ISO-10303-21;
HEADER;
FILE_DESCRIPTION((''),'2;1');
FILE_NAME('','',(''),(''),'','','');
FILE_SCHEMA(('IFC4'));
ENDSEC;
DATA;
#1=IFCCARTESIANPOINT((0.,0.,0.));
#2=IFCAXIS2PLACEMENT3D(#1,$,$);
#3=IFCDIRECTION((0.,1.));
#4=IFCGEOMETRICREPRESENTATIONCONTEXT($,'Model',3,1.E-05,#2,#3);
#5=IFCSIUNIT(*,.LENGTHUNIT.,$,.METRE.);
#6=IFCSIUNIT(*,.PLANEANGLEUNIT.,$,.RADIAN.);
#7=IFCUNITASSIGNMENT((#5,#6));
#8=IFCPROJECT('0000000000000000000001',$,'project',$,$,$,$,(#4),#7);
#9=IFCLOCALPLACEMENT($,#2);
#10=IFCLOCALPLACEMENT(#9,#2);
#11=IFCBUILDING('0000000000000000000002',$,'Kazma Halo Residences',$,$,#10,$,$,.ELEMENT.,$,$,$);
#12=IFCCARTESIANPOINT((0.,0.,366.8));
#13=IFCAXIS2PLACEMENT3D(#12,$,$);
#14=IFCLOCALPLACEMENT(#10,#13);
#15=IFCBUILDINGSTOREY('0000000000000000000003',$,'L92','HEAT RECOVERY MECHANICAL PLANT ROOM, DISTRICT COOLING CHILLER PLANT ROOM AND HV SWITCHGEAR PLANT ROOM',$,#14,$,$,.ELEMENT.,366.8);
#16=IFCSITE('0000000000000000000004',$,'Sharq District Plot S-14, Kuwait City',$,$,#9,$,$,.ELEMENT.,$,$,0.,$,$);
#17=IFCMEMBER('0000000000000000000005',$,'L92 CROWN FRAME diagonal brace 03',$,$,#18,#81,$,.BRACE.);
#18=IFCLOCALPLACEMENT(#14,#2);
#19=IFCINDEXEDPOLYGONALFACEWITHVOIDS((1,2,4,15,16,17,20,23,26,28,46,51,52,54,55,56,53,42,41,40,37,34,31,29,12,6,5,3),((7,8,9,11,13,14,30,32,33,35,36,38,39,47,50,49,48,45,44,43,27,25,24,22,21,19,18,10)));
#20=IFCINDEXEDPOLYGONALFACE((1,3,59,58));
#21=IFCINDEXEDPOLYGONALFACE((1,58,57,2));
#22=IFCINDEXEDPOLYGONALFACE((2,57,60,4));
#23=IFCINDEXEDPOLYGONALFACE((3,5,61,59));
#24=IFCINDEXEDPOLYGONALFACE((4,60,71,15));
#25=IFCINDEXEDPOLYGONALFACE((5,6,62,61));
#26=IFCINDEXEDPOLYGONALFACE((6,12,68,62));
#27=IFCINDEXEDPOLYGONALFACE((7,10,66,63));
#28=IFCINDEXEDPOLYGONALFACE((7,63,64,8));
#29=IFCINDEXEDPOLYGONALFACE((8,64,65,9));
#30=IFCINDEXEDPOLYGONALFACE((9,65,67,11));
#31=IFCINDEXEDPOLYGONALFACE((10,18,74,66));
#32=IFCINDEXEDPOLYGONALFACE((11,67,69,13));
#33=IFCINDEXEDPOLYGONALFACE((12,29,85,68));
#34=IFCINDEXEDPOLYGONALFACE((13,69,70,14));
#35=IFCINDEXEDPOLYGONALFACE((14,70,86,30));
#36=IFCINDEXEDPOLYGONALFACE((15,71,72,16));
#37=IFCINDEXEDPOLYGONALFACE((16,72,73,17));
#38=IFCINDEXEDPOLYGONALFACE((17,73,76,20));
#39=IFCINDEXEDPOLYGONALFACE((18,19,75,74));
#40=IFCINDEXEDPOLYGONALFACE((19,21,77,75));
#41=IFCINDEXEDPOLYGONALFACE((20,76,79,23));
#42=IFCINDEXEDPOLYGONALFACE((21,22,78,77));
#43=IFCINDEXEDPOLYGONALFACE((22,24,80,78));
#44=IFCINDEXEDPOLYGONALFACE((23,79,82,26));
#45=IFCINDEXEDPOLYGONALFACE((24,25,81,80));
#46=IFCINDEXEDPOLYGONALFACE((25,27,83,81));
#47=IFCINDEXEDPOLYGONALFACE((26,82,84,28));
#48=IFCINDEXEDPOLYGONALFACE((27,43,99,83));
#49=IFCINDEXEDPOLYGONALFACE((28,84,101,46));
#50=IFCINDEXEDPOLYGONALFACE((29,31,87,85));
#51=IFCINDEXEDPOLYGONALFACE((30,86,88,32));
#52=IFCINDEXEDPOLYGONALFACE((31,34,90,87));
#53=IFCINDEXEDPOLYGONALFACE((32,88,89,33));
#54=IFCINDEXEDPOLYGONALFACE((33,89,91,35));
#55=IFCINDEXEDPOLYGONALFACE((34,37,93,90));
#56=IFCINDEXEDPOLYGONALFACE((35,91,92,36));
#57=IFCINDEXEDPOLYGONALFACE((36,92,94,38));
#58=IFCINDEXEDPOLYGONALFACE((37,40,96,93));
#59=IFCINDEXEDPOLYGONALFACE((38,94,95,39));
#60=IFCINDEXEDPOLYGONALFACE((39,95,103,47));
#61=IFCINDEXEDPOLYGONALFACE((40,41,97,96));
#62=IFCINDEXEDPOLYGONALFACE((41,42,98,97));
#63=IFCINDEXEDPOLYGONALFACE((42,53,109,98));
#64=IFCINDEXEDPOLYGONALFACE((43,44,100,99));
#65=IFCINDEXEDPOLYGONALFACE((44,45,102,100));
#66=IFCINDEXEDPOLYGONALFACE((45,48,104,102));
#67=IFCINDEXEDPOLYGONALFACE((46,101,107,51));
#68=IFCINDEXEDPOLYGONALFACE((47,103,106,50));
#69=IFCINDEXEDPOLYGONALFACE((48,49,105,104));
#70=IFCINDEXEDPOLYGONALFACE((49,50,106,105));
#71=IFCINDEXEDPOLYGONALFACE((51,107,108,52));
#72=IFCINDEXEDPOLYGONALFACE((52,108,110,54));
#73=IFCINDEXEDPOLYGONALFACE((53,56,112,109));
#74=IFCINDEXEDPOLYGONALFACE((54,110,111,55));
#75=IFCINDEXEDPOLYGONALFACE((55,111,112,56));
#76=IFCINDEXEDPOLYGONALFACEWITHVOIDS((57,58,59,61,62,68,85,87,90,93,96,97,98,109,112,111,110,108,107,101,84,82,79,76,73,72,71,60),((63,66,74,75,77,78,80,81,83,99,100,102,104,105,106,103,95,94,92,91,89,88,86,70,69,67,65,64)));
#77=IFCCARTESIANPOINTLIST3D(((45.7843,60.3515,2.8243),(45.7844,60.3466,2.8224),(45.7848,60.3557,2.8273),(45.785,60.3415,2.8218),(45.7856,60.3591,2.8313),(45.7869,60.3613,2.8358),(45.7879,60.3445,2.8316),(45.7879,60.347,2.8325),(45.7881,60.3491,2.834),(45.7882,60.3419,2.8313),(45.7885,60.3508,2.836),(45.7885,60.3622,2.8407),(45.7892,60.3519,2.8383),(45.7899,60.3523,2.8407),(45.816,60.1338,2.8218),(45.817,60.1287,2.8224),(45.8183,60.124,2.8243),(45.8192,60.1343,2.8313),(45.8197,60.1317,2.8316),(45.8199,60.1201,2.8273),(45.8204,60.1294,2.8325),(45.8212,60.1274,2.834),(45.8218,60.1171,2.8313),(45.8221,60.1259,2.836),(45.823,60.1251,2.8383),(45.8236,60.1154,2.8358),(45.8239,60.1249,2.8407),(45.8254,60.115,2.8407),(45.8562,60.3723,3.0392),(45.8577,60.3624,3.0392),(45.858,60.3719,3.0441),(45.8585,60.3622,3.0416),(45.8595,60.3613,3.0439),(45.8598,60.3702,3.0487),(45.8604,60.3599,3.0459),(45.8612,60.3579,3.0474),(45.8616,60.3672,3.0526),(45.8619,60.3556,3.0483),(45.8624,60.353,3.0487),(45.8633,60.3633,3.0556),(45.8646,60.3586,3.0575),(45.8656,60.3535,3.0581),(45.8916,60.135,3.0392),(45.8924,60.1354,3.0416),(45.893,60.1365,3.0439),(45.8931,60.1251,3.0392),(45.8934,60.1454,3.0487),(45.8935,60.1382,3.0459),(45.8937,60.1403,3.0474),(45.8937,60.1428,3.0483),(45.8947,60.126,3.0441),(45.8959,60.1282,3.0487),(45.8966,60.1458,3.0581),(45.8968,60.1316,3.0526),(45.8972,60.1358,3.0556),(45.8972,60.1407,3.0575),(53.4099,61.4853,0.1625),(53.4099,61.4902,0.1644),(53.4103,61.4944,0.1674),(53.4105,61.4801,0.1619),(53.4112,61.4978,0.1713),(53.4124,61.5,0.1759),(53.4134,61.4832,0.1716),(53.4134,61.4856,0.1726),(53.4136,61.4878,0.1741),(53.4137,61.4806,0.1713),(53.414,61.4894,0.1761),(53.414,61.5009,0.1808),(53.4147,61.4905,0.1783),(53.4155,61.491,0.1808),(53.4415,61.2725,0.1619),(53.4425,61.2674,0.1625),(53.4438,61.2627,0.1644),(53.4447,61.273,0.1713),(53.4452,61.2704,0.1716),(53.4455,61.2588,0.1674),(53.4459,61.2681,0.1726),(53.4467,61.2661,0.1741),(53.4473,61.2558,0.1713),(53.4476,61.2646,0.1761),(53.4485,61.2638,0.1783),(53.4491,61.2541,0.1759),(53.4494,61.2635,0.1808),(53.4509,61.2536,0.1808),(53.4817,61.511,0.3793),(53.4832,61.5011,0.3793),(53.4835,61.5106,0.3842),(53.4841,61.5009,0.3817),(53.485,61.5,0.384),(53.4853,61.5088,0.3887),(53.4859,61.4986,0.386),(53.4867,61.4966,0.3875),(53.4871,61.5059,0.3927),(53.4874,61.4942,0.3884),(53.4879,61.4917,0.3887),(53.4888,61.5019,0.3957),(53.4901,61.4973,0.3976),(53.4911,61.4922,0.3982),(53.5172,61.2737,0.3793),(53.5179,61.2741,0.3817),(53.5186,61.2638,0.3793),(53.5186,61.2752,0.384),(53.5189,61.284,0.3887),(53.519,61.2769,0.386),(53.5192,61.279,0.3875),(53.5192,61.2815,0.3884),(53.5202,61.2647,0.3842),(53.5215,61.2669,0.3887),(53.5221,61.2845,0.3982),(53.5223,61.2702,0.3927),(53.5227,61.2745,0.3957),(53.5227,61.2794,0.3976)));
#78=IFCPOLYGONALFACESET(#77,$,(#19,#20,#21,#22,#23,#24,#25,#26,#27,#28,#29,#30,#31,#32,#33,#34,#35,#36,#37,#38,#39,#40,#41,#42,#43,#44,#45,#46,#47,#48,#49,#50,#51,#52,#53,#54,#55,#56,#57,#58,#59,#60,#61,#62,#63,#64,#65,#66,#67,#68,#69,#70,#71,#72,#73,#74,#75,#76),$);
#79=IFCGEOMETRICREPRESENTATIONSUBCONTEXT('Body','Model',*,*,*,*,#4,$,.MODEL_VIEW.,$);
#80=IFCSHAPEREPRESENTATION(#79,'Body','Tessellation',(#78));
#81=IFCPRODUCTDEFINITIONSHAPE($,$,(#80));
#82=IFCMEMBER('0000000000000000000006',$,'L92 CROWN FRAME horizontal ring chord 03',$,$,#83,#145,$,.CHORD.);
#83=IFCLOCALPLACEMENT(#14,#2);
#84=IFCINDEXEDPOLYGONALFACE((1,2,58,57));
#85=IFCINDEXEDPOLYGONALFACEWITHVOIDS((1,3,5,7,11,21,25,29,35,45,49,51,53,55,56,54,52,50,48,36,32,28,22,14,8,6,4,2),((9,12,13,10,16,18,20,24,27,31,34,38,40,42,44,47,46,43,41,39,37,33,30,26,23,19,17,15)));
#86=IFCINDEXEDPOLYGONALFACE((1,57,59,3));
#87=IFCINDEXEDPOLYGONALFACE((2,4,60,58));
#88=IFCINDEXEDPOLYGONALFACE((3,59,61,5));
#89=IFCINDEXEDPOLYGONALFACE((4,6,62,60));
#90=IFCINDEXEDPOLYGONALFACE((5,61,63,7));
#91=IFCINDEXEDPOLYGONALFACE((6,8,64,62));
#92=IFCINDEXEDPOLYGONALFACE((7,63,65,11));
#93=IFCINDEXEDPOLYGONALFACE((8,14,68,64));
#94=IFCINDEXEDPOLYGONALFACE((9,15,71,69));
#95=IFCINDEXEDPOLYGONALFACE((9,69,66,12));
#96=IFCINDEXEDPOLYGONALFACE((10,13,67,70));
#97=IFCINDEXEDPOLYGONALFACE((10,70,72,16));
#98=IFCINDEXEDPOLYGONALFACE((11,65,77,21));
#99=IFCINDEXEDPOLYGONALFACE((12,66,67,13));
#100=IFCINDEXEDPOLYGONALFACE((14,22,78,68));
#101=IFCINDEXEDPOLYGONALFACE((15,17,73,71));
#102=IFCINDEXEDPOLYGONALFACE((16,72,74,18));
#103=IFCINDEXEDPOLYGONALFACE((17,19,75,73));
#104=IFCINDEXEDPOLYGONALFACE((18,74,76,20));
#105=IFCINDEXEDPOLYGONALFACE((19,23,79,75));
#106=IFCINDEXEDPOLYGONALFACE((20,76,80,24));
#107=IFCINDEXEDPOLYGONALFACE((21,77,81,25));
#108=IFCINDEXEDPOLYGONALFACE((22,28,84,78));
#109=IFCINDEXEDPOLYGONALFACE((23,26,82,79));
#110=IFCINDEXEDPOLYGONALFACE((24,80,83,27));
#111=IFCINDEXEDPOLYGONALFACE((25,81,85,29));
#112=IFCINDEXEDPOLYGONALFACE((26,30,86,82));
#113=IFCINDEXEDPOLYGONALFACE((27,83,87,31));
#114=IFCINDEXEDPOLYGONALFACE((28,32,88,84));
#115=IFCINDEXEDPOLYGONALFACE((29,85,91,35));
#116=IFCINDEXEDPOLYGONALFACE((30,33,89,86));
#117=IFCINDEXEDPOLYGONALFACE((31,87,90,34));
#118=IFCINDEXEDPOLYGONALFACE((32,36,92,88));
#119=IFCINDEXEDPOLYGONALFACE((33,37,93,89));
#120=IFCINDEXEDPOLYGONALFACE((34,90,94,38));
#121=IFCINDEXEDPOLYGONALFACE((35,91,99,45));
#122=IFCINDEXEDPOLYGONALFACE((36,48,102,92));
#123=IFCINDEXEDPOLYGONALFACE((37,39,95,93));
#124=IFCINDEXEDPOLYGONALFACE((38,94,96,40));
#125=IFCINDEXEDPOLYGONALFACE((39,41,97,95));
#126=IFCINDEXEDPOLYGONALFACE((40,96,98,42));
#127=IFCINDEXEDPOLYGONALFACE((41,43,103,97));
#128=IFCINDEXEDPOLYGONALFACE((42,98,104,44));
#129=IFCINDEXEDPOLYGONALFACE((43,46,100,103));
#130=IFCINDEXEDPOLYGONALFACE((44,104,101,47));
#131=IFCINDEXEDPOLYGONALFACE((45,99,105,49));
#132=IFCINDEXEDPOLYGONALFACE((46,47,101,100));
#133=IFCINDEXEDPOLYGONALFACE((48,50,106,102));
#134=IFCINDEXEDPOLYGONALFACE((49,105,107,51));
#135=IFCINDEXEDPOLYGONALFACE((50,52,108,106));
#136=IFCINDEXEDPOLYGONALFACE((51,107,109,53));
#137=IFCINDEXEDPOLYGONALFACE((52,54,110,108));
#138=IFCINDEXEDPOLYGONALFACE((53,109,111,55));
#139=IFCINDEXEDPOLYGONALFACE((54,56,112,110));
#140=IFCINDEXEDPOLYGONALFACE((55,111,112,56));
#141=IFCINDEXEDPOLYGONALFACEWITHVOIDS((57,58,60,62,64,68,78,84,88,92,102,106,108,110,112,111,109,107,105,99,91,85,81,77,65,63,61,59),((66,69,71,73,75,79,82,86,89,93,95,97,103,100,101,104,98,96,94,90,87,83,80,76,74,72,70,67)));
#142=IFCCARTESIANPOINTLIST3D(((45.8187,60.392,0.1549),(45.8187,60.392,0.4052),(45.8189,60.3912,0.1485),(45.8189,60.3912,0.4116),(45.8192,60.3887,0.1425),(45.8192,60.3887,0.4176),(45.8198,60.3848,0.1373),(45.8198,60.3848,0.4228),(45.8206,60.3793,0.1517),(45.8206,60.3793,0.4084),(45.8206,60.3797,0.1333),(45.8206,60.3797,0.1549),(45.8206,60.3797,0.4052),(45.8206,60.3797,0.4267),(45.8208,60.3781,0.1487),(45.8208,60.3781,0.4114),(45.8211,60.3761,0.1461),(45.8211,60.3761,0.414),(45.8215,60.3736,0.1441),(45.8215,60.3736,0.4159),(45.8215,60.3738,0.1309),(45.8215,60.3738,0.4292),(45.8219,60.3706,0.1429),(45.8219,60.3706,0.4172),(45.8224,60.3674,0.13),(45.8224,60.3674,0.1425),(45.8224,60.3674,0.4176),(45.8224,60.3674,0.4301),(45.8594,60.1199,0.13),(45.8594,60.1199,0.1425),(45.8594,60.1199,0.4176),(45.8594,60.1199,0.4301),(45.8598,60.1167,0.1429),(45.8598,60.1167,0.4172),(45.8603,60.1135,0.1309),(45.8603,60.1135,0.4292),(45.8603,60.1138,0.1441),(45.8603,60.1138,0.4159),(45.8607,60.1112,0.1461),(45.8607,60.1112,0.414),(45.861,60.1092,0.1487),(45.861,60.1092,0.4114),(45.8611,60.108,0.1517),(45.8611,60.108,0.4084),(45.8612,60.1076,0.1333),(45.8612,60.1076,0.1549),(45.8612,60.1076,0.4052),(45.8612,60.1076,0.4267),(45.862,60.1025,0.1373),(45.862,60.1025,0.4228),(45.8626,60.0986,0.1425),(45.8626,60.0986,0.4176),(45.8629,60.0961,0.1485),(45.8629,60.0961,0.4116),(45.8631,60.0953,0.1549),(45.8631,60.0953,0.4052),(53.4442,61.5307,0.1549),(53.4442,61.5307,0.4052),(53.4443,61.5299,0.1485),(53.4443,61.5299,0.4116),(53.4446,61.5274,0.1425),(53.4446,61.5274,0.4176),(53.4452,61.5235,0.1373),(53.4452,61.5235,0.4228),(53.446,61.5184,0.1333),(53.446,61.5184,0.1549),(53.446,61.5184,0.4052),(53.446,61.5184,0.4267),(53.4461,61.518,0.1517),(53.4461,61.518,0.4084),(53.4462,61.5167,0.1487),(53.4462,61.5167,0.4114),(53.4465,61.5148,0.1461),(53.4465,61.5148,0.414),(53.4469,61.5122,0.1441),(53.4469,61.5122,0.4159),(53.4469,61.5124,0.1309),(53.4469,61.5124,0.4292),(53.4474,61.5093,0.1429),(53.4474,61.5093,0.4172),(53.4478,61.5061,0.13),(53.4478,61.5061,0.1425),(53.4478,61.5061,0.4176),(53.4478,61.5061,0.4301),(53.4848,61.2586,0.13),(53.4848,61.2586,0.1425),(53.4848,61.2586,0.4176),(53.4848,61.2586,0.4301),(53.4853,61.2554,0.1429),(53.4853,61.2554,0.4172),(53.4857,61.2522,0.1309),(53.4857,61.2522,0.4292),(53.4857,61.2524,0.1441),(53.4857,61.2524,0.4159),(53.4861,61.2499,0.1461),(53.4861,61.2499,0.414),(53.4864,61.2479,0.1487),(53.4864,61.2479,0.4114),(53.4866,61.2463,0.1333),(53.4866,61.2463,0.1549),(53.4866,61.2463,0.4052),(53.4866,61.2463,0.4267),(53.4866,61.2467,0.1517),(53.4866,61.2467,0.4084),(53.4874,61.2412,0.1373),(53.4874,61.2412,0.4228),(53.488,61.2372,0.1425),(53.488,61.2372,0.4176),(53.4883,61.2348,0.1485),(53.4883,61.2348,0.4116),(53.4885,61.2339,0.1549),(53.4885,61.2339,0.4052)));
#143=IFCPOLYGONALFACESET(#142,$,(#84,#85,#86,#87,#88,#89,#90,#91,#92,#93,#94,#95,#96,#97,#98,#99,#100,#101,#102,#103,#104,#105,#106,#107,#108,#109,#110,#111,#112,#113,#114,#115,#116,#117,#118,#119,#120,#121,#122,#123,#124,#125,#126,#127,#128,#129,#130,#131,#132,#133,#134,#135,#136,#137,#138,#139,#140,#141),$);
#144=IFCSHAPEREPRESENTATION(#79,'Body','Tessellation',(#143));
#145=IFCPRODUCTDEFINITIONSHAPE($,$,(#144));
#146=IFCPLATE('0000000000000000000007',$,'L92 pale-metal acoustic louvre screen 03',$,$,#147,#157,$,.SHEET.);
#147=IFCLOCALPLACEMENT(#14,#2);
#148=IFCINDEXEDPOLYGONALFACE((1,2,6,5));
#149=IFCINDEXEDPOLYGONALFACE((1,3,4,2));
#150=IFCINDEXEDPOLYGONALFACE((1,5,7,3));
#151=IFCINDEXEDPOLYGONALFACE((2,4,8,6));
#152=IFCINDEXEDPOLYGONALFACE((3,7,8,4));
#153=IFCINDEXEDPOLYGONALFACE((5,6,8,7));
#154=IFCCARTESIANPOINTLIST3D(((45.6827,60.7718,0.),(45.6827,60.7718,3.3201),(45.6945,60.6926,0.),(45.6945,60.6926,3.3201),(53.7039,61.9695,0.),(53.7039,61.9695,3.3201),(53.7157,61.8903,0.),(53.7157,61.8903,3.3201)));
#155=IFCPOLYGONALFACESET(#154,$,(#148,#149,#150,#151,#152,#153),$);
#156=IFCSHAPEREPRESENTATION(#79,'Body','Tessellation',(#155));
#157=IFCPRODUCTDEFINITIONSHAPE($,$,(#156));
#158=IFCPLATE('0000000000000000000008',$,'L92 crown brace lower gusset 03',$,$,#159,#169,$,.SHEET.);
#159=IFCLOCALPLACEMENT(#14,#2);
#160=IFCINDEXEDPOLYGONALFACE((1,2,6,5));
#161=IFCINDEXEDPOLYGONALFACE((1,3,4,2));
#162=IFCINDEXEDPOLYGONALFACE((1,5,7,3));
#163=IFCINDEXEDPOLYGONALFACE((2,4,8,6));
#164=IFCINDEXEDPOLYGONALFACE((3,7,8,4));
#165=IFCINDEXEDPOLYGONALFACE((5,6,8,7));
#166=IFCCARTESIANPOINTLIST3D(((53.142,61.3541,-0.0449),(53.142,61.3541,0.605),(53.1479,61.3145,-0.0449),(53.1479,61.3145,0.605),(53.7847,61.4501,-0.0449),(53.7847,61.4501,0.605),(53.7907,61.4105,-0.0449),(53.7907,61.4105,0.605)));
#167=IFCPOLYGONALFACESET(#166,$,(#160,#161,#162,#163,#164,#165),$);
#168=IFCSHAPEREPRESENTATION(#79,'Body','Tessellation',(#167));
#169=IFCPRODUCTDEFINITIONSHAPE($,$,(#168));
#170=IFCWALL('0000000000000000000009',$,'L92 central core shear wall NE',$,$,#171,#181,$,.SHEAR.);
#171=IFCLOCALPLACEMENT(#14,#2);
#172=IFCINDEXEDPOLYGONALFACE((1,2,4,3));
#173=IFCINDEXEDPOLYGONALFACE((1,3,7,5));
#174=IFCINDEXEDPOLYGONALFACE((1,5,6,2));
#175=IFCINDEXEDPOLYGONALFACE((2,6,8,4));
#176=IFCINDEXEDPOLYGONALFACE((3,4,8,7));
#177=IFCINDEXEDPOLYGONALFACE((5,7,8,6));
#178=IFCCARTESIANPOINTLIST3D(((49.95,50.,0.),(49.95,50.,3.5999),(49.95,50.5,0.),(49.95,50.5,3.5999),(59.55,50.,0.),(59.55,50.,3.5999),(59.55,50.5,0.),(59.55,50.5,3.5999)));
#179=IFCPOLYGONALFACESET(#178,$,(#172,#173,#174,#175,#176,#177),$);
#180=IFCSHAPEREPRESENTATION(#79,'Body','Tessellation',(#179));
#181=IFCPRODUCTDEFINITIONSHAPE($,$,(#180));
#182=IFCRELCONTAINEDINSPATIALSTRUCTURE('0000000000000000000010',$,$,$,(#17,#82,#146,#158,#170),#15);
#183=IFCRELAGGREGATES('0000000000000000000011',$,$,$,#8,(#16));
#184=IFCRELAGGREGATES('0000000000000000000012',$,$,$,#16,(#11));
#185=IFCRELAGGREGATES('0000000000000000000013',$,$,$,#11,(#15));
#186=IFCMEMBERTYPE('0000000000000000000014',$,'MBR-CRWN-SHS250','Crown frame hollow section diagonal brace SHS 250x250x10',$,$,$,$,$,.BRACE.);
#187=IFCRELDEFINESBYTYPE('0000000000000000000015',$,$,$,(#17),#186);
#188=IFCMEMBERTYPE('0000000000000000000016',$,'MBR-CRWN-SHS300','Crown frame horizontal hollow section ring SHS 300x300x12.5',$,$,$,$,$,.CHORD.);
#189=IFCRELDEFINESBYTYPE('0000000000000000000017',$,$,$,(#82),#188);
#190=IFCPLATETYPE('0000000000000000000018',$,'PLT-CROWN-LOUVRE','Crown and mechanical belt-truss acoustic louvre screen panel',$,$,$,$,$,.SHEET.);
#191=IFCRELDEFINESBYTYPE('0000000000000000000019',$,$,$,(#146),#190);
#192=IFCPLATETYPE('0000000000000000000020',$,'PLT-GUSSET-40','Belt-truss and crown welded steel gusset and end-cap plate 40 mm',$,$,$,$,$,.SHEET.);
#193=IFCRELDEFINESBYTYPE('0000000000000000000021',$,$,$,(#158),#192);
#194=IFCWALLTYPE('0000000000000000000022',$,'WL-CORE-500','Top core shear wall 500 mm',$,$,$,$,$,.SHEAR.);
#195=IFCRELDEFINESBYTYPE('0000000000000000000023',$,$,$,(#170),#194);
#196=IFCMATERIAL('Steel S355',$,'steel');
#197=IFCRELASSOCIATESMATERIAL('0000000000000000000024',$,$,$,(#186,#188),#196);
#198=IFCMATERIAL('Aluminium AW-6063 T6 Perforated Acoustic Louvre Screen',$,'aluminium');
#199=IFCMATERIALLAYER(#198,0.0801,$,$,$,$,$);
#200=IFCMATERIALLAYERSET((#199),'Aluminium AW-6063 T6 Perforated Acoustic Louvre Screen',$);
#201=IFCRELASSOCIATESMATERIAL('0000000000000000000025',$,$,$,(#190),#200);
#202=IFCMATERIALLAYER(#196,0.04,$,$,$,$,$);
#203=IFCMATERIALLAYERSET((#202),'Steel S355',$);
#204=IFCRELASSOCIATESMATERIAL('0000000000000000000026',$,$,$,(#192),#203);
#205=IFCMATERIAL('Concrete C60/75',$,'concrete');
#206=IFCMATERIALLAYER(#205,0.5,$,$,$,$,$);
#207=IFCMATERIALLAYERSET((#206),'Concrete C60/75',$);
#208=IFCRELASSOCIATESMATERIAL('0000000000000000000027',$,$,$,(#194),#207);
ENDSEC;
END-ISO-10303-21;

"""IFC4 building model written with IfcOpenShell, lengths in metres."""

from ifc_helpers import new_model, si_unit, direction, frame, frame_2d, origin, origin_2d, place, context, subcontext, project, spatial, rectangle, hollow_rectangle, extrude, material, layer, layer_set, material_profile, profile_set, type_object, element, save


model = new_model("IFC4")

# Units and contexts
model_context = context("Model", 3, precision=1e-05, world=origin(), true_north=direction((0.0, 1.0)))
body_context = subcontext(model_context, "Body", "Model", "MODEL_VIEW")
ifc_project = project(units=[si_unit("LENGTHUNIT", "METRE"), si_unit("PLANEANGLEUNIT", "RADIAN")], contexts=[model_context])

# Site, building, storey
site_placement = place(None, origin())
site = spatial("IfcSite", under=ifc_project, at=site_placement, Name="Sharq District Plot S-14, Kuwait City", CompositionType="ELEMENT", RefElevation=0.0)
building_placement = place(site_placement, origin())
building = spatial("IfcBuilding", under=site, at=building_placement, Name="Kazma Halo Residences", CompositionType="ELEMENT")
storey_placement = place(building_placement, frame((0.0, 0.0, 366.8)))
storey = spatial("IfcBuildingStorey", under=building, at=storey_placement, Name="L92", Description="HEAT RECOVERY MECHANICAL PLANT ROOM, DISTRICT COOLING CHILLER PLANT ROOM AND HV SWITCHGEAR PLANT ROOM", CompositionType="ELEMENT", Elevation=366.8)

# Shared definitions
ifc_material_1 = material(Name="Steel S355", Category="steel")

# Members
ifc_material_profile_1 = material_profile(ifc_material_1, hollow_rectangle(XDim=0.25, YDim=0.25, WallThickness=0.01, InnerFilletRadius=0.01, OuterFilletRadius=0.02, at=origin_2d()), Name="SHS250x250x10")
ifc_profile_set_1 = profile_set([ifc_material_profile_1], Name="Steel S355")
member_type_1 = type_object("IfcMemberType", Name="MBR-CRWN-SHS250", Description="Crown frame hollow section diagonal brace SHS 250x250x10", PredefinedType="BRACE", material=ifc_profile_set_1)
member_1_placement = place(storey_placement, frame((53.4663, 61.3823, 0.28), z_axis=(-0.934958, -0.139612, 0.326131), x_axis=(0.147687, -0.989034, 0.0)))
element("IfcMember", 1, at=member_1_placement, inside=storey, type_object=member_type_1, Name="L92 CROWN FRAME diagonal brace 03", PredefinedType="BRACE", context=body_context, shape_type="SweptSolid", body=[
    extrude(hollow_rectangle(XDim=0.25, YDim=0.25, WallThickness=0.01, InnerFilletRadius=0.01, OuterFilletRadius=0.02, at=origin_2d()), origin(), (0.0, 0.0, 1.0), 8.156),
])
ifc_material_profile_2 = material_profile(ifc_material_1, hollow_rectangle(XDim=0.3, YDim=0.3, WallThickness=0.0125, InnerFilletRadius=0.0125, OuterFilletRadius=0.0249, at=origin_2d()), Name="SHS300x300x12.5")
ifc_profile_set_2 = profile_set([ifc_material_profile_2], Name="Steel S355")
member_type_2 = type_object("IfcMemberType", Name="MBR-CRWN-SHS300", Description="Crown frame horizontal hollow section ring SHS 300x300x12.5", PredefinedType="CHORD", material=ifc_profile_set_2)
member_2_placement = place(storey_placement, frame((53.4663, 61.3823, 0.28), z_axis=(-0.989034, -0.147687, 0.0), x_axis=(0.147687, -0.989034, 0.0)))
element("IfcMember", 2, at=member_2_placement, inside=storey, type_object=member_type_2, Name="L92 CROWN FRAME horizontal ring chord 03", PredefinedType="CHORD", context=body_context, shape_type="SweptSolid", body=[
    extrude(hollow_rectangle(XDim=0.3, YDim=0.3, WallThickness=0.0125, InnerFilletRadius=0.0125, OuterFilletRadius=0.0249, at=origin_2d()), origin(), (0.0, 0.0, 1.0), 7.71),
])

# Plates
ifc_material_2 = material(Name="Aluminium AW-6063 T6 Perforated Acoustic Louvre Screen", Category="aluminium")
ifc_layer_1 = layer(ifc_material_2, 0.0801)
ifc_layer_set_1 = layer_set([ifc_layer_1], Name="Aluminium AW-6063 T6 Perforated Acoustic Louvre Screen")
plate_type_1 = type_object("IfcPlateType", Name="PLT-CROWN-LOUVRE", Description="Crown and mechanical belt-truss acoustic louvre screen panel", PredefinedType="SHEET", material=ifc_layer_set_1)
plate_1_placement = place(storey_placement, frame((49.6992, 61.3311, 0.0), z_axis=(0.0, 0.0, 1.0), x_axis=(-0.989034, -0.147687, 0.0)))
element("IfcPlate", 3, at=plate_1_placement, inside=storey, type_object=plate_type_1, Name="L92 pale-metal acoustic louvre screen 03", PredefinedType="SHEET", context=body_context, shape_type="SweptSolid", body=[
    extrude(rectangle(XDim=8.1101, YDim=0.0801, at=origin_2d()), origin(), (0.0, 0.0, 1.0), 3.3201),
])
ifc_layer_2 = layer(ifc_material_1, 0.04)
ifc_layer_set_2 = layer_set([ifc_layer_2], Name="Steel S355")
plate_type_2 = type_object("IfcPlateType", Name="PLT-GUSSET-40", Description="Belt-truss and crown welded steel gusset and end-cap plate 40 mm", PredefinedType="SHEET", material=ifc_layer_set_2)
plate_2_placement = place(storey_placement, frame((53.4663, 61.3823, -0.0449), z_axis=(0.0, 0.0, 1.0), x_axis=(-0.989034, -0.147687, 0.0)))
element("IfcPlate", 4, at=plate_2_placement, inside=storey, type_object=plate_type_2, Name="L92 crown brace lower gusset 03", PredefinedType="SHEET", context=body_context, shape_type="SweptSolid", body=[
    extrude(rectangle(XDim=0.6499, YDim=0.04, at=origin_2d()), origin(), (0.0, 0.0, 1.0), 0.6499),
])

# Wall
ifc_material_3 = material(Name="Concrete C60/75", Category="concrete")
ifc_layer_3 = layer(ifc_material_3, 0.5)
ifc_layer_set_3 = layer_set([ifc_layer_3], Name="Concrete C60/75")
wall_type_1 = type_object("IfcWallType", Name="WL-CORE-500", Description="Top core shear wall 500 mm", PredefinedType="SHEAR", material=ifc_layer_set_3)
wall_1_placement = place(storey_placement, frame((49.95, 50.25, 0.0), z_axis=(0.0, 0.0, 1.0), x_axis=(1.0, 0.0, 0.0)))
element("IfcWall", 5, at=wall_1_placement, inside=storey, type_object=wall_type_1, Name="L92 central core shear wall NE", PredefinedType="SHEAR", context=body_context, shape_type="SweptSolid", body=[
    extrude(rectangle(XDim=9.6001, YDim=0.5, at=frame_2d((4.8, 0.0))), origin(), (0.0, 0.0, 1.0), 3.5999),
])

save(model, "model.ifc")
